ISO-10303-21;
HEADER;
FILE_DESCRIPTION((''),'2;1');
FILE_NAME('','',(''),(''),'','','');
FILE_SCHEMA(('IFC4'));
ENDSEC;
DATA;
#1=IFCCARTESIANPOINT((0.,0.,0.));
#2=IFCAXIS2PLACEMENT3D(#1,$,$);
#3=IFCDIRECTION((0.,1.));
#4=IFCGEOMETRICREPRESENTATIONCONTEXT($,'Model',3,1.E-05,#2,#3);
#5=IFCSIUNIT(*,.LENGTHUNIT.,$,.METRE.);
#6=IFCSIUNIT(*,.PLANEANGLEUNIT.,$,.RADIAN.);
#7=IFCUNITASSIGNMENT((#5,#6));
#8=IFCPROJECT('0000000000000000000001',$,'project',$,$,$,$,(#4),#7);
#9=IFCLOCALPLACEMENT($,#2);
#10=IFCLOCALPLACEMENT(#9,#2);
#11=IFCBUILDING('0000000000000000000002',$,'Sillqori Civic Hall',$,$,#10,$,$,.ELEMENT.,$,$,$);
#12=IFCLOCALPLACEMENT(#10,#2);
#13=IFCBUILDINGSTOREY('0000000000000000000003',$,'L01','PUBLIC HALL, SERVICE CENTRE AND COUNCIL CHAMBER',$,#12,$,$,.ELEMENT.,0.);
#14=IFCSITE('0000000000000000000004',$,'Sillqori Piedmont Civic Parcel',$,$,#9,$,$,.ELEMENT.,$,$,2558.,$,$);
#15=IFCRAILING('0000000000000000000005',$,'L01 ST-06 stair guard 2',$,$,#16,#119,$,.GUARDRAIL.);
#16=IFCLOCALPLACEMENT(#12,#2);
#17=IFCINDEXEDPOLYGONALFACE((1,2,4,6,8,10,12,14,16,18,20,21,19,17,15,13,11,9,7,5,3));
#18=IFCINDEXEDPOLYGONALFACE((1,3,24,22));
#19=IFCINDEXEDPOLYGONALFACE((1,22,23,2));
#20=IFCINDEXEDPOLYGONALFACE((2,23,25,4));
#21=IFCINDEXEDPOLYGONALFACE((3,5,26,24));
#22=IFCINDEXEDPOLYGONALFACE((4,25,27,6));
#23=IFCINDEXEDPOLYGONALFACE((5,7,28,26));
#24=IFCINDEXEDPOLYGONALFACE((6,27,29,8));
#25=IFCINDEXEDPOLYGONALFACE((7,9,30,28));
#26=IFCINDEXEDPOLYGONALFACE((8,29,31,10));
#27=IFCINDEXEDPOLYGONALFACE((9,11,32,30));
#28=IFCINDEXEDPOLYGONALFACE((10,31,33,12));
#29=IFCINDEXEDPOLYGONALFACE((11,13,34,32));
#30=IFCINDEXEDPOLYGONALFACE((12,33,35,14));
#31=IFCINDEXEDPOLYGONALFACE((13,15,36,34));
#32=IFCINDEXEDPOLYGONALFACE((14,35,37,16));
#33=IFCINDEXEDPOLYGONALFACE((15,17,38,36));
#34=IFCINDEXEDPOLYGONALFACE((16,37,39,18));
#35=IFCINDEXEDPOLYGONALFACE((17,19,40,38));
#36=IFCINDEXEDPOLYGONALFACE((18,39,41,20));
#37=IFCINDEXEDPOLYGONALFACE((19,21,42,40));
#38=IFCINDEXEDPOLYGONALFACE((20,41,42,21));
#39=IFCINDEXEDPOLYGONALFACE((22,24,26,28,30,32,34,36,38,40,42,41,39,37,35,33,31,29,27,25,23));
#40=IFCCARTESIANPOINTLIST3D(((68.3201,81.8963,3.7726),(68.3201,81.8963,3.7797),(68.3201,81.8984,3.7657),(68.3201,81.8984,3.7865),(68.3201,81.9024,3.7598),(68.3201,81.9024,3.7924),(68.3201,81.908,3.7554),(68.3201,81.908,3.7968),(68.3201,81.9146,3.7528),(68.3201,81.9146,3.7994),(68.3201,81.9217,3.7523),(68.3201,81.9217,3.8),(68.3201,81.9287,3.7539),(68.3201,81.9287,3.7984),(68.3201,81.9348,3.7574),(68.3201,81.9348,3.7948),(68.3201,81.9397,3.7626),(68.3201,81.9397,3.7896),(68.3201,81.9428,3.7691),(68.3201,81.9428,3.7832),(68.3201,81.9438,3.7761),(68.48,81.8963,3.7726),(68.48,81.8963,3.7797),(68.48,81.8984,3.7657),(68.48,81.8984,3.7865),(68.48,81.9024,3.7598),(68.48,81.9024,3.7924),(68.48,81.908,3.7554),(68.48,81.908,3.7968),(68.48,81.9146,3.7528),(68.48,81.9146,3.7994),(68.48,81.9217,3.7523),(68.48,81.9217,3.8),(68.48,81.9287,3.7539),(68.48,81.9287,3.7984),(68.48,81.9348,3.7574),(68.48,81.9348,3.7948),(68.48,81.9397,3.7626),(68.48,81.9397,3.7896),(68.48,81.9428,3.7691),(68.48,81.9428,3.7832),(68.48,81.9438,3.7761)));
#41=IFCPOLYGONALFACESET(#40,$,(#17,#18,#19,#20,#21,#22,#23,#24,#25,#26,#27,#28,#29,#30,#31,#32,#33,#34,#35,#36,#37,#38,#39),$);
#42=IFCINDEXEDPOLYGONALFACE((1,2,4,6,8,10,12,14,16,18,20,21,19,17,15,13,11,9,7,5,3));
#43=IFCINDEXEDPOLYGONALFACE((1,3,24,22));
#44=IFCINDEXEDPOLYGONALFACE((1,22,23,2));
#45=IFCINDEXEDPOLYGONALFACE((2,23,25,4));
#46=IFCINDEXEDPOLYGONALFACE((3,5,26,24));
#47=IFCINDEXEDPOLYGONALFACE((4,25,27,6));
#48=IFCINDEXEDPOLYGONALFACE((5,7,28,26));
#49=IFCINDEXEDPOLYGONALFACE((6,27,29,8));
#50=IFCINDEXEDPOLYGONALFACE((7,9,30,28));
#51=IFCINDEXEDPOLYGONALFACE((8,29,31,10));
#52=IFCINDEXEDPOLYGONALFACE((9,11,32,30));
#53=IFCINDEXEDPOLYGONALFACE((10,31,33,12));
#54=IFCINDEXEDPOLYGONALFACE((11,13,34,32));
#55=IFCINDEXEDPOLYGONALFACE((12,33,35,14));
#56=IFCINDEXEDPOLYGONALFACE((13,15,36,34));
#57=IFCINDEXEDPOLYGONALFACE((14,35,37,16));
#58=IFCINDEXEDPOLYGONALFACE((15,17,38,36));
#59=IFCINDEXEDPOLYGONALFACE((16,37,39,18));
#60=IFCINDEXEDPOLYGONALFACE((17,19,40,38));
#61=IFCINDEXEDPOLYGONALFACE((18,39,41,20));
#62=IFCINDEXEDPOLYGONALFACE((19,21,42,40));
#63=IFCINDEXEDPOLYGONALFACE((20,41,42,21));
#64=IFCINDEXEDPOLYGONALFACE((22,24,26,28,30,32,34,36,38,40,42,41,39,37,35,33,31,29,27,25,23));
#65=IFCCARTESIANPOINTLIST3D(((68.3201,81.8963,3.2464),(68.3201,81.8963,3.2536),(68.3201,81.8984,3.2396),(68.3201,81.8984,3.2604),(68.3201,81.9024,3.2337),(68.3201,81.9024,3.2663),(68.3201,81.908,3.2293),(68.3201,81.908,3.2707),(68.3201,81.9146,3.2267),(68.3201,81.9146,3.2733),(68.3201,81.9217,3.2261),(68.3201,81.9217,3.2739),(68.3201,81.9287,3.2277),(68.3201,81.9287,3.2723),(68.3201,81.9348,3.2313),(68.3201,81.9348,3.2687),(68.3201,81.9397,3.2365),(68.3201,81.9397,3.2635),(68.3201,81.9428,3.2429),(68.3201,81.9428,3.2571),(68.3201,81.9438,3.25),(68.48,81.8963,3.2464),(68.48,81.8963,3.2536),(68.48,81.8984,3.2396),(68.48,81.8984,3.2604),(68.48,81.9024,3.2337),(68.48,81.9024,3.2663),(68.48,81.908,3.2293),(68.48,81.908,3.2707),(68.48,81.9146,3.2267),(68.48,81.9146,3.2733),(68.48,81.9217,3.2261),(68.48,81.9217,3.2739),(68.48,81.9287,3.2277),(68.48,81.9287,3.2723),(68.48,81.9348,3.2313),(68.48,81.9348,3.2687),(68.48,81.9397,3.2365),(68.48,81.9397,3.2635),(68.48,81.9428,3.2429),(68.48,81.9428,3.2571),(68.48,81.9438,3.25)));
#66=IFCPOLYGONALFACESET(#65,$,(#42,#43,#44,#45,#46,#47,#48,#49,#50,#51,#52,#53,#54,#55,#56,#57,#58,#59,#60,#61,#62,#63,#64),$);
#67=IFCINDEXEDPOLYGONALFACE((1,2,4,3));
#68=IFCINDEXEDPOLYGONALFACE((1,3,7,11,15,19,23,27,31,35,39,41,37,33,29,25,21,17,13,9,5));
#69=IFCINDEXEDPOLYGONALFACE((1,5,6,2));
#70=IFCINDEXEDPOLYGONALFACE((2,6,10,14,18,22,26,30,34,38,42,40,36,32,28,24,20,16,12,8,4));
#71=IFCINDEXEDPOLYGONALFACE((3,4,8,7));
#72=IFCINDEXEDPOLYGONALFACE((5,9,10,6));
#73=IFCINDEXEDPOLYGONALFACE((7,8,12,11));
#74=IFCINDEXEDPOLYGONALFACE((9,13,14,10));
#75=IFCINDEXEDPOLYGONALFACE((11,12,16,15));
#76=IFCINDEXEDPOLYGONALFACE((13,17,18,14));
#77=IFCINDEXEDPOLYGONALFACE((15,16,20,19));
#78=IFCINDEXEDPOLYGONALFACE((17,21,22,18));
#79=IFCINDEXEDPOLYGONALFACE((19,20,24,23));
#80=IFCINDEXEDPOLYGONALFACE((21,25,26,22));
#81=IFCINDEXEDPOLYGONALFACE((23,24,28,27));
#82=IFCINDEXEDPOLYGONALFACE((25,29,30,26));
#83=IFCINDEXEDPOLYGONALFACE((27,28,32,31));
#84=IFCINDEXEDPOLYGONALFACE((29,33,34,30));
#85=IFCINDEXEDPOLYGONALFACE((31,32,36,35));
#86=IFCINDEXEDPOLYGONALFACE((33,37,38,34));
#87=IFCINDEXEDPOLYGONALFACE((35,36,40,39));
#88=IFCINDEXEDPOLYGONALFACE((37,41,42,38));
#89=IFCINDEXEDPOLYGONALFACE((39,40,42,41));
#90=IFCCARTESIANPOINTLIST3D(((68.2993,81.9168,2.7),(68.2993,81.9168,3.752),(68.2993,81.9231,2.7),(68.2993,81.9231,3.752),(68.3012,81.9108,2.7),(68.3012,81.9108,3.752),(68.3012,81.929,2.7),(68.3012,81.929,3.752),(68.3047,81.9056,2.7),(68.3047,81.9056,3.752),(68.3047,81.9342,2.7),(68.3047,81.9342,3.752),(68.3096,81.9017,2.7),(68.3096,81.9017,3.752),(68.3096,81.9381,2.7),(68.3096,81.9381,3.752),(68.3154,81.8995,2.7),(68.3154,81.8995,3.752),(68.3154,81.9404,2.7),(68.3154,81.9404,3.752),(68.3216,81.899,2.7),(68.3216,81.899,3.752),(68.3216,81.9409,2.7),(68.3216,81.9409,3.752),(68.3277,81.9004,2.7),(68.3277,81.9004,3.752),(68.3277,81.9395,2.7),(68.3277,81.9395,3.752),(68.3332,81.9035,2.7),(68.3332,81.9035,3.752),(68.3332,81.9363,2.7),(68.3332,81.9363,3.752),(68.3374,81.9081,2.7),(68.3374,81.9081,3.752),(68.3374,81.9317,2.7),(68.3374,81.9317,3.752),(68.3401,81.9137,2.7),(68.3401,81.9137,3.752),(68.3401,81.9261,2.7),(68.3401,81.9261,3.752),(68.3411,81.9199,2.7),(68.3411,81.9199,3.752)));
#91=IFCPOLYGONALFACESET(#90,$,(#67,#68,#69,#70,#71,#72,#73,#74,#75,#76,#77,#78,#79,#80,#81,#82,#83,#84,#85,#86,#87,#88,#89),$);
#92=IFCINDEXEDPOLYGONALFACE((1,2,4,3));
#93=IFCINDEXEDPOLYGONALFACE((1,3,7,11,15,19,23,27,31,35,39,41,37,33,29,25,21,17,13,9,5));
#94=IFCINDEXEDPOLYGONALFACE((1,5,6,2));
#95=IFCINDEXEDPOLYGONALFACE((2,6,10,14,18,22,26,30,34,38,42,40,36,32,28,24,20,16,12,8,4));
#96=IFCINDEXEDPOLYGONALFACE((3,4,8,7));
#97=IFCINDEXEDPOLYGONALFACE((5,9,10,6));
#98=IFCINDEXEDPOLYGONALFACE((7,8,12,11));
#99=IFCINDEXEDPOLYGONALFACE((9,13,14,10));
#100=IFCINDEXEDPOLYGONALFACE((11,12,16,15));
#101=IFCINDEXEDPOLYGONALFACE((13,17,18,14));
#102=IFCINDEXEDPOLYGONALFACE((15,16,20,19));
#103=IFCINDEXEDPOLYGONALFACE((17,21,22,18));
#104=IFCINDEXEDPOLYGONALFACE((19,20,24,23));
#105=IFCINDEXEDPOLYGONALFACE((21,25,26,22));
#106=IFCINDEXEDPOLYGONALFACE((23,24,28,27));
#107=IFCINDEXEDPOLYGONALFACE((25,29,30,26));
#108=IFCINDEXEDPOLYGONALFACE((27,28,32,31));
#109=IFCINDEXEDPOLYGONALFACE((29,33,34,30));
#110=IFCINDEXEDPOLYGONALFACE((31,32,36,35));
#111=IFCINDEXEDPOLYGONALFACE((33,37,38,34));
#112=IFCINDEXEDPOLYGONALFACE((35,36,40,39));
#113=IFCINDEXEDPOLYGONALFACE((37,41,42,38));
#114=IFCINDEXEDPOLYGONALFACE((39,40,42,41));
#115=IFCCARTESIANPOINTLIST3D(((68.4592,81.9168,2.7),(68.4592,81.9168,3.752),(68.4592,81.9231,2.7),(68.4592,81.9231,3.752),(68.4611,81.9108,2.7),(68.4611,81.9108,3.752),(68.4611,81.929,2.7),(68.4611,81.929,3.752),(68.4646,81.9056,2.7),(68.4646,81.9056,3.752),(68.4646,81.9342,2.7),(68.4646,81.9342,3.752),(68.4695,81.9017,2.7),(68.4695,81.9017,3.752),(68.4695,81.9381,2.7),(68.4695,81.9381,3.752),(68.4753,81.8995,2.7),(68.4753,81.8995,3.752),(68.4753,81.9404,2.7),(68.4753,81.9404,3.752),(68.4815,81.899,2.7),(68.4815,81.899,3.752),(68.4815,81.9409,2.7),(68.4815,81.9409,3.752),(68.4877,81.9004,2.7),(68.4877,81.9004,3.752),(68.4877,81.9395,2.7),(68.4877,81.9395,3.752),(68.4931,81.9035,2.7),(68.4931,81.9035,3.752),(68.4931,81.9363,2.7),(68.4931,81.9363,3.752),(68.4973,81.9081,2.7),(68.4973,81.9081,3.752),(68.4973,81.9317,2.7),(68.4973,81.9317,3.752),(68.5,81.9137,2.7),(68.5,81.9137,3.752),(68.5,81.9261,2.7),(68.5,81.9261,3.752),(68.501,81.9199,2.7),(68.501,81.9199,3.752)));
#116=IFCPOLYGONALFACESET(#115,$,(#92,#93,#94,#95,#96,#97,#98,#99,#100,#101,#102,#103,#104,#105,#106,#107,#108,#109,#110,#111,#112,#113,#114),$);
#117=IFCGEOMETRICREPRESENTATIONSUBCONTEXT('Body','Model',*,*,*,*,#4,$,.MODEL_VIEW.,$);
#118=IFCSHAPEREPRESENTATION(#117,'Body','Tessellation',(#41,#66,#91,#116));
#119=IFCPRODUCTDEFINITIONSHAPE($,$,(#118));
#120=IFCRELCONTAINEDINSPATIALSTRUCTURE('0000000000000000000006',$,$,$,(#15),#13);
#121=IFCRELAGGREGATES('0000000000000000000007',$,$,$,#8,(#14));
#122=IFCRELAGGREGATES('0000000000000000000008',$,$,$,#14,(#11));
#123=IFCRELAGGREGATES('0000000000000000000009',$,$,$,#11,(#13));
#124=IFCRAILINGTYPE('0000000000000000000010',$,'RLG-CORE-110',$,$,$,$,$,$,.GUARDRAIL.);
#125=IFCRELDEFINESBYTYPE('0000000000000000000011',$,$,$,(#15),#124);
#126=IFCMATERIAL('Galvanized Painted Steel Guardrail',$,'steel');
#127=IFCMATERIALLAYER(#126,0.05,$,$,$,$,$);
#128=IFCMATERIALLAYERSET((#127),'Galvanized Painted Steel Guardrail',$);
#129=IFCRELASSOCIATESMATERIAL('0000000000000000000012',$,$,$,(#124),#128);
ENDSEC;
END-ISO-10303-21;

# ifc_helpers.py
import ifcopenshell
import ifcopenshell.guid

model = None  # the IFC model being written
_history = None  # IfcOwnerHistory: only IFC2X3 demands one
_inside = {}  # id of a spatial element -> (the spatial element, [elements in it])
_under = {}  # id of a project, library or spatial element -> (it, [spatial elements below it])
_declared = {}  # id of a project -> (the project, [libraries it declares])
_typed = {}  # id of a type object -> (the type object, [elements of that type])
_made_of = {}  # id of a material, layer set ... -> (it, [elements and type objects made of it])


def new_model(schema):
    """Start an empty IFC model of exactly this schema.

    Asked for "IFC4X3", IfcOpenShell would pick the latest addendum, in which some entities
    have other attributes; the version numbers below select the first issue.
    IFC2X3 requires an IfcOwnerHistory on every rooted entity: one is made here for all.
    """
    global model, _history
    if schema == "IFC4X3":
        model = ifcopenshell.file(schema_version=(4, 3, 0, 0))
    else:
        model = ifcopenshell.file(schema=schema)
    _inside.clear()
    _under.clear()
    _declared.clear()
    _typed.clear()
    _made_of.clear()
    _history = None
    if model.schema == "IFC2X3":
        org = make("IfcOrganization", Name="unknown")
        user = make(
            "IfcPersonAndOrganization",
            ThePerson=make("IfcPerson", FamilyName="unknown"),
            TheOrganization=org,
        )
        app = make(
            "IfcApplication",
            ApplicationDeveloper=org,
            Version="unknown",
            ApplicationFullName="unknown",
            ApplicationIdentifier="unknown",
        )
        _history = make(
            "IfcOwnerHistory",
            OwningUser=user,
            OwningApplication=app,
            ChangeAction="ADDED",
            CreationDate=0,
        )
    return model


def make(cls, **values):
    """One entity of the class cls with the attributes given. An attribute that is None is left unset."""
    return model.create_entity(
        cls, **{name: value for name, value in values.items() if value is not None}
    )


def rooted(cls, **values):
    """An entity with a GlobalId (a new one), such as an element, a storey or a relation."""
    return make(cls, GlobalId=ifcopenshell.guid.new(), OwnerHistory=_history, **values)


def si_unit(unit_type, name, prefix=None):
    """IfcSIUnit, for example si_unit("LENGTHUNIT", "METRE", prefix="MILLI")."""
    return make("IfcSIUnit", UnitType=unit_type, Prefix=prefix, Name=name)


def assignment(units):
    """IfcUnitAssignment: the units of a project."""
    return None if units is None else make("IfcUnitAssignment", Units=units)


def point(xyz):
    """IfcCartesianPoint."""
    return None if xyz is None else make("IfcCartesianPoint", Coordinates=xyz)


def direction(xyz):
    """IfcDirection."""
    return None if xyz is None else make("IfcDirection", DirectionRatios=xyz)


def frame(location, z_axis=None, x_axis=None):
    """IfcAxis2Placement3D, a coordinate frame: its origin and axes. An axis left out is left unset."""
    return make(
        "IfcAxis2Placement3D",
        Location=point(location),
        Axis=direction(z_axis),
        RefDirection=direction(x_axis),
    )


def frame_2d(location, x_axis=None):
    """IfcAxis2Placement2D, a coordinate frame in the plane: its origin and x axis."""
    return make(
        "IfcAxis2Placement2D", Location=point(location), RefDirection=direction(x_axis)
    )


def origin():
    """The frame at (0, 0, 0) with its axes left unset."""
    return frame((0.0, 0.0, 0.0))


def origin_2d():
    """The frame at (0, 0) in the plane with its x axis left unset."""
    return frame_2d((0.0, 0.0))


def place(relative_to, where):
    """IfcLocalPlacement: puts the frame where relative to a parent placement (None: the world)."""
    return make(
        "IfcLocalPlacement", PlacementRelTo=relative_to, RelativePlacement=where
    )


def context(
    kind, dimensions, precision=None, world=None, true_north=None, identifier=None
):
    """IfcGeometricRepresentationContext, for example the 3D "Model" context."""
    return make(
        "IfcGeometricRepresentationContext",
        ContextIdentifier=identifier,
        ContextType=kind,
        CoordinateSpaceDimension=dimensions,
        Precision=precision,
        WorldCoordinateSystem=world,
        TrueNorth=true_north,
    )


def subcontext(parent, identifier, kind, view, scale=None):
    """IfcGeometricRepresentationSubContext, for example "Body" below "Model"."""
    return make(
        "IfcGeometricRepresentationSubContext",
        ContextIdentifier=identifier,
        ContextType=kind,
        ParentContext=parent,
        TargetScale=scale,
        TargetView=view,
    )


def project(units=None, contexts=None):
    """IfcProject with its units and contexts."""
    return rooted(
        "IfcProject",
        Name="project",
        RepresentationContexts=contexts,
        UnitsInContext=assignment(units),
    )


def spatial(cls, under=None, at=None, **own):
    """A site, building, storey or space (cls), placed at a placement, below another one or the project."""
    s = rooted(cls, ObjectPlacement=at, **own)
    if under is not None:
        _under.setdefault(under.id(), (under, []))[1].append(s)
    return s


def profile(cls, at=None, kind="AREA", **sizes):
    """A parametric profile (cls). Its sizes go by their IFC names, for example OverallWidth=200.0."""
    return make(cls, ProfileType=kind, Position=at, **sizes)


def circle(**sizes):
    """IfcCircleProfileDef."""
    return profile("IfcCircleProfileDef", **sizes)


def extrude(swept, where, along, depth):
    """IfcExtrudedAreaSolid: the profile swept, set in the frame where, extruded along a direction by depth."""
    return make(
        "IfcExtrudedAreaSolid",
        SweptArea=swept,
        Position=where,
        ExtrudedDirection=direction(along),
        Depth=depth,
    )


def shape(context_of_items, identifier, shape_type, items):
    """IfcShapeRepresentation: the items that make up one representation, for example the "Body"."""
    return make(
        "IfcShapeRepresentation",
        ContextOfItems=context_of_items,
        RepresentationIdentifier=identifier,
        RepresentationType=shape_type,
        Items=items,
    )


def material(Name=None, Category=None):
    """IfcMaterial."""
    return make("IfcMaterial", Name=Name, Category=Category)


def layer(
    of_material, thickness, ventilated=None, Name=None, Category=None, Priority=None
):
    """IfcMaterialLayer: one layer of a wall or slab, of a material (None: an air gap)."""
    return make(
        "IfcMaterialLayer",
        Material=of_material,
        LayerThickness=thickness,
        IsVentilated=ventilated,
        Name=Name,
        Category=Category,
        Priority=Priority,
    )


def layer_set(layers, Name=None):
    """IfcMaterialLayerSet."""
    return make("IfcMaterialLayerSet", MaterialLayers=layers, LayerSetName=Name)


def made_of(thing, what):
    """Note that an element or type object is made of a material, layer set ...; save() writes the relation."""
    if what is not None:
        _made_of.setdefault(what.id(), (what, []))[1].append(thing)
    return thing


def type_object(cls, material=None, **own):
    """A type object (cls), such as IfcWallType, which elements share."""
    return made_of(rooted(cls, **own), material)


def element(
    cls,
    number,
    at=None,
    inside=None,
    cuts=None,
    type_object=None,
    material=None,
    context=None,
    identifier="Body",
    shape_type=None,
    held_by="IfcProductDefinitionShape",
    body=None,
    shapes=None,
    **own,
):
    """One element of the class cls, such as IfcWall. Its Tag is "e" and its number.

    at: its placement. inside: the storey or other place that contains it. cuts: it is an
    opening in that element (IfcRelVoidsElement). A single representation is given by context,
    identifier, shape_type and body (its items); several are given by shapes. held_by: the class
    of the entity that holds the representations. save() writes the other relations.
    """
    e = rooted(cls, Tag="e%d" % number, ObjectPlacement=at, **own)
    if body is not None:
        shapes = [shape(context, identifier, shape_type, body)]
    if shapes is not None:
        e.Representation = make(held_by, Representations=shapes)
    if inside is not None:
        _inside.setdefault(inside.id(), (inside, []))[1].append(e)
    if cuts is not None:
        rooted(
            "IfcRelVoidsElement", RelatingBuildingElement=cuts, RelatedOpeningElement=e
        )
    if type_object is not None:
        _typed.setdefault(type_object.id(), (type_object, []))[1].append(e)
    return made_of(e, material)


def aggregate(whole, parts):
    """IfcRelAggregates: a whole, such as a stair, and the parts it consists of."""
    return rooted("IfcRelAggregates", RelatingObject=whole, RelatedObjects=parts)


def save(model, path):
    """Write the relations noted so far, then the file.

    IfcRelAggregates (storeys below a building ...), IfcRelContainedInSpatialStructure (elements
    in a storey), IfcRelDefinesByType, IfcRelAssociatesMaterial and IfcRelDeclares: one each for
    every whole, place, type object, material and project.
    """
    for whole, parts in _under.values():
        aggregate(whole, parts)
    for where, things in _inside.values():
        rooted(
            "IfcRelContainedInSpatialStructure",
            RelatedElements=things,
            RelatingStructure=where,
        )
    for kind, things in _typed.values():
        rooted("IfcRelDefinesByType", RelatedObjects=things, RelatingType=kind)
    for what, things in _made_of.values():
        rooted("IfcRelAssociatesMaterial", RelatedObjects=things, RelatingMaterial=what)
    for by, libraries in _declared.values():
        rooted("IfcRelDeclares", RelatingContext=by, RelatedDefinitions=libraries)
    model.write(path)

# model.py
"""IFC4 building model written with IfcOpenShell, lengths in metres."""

from ifc_helpers import new_model, si_unit, direction, frame, origin, origin_2d, place, context, subcontext, project, spatial, circle, extrude, material, layer, layer_set, type_object, element, save


model = new_model("IFC4")

# Units and contexts
model_context = context("Model", 3, precision=1e-05, world=origin(), true_north=direction((0.0, 1.0)))
body_context = subcontext(model_context, "Body", "Model", "MODEL_VIEW")
ifc_project = project(units=[si_unit("LENGTHUNIT", "METRE"), si_unit("PLANEANGLEUNIT", "RADIAN")], contexts=[model_context])

# Site, building, storey
site_placement = place(None, origin())
site = spatial("IfcSite", under=ifc_project, at=site_placement, Name="Sillqori Piedmont Civic Parcel", CompositionType="ELEMENT", RefElevation=2558.0)
building_placement = place(site_placement, origin())
building = spatial("IfcBuilding", under=site, at=building_placement, Name="Sillqori Civic Hall", CompositionType="ELEMENT")
storey_placement = place(building_placement, origin())
storey = spatial("IfcBuildingStorey", under=building, at=storey_placement, Name="L01", Description="PUBLIC HALL, SERVICE CENTRE AND COUNCIL CHAMBER", CompositionType="ELEMENT", Elevation=0.0)

# Railing
ifc_material_1 = material(Name="Galvanized Painted Steel Guardrail", Category="steel")
ifc_layer_1 = layer(ifc_material_1, 0.05)
ifc_layer_set_1 = layer_set([ifc_layer_1], Name="Galvanized Painted Steel Guardrail")
railing_type_1 = type_object("IfcRailingType", Name="RLG-CORE-110", PredefinedType="GUARDRAIL", material=ifc_layer_set_1)
railing_1_placement = place(storey_placement, frame((68.3201, 81.9199, 2.7)))
element("IfcRailing", 1, at=railing_1_placement, inside=storey, type_object=railing_type_1, Name="L01 ST-06 stair guard 2", PredefinedType="GUARDRAIL", context=body_context, shape_type="SweptSolid", body=[
    extrude(circle(Radius=0.0239, at=origin_2d()), frame((0.0, 0.0, 1.0762), z_axis=(1.0, 0.0, 0.0), x_axis=(0.0, 1.0, 0.0)), (0.0, 0.0, 1.0), 0.1599),
    extrude(circle(Radius=0.0239, at=origin_2d()), frame((0.0, 0.0, 0.55), z_axis=(1.0, 0.0, 0.0), x_axis=(0.0, 1.0, 0.0)), (0.0, 0.0, 1.0), 0.1599),
    extrude(circle(Radius=0.021, at=origin_2d()), origin(), (0.0, 0.0, 1.0), 1.052),
    extrude(circle(Radius=0.021, at=origin_2d()), frame((0.1599, 0.0, 0.0)), (0.0, 0.0, 1.0), 1.052),
])

save(model, "model.ifc")
